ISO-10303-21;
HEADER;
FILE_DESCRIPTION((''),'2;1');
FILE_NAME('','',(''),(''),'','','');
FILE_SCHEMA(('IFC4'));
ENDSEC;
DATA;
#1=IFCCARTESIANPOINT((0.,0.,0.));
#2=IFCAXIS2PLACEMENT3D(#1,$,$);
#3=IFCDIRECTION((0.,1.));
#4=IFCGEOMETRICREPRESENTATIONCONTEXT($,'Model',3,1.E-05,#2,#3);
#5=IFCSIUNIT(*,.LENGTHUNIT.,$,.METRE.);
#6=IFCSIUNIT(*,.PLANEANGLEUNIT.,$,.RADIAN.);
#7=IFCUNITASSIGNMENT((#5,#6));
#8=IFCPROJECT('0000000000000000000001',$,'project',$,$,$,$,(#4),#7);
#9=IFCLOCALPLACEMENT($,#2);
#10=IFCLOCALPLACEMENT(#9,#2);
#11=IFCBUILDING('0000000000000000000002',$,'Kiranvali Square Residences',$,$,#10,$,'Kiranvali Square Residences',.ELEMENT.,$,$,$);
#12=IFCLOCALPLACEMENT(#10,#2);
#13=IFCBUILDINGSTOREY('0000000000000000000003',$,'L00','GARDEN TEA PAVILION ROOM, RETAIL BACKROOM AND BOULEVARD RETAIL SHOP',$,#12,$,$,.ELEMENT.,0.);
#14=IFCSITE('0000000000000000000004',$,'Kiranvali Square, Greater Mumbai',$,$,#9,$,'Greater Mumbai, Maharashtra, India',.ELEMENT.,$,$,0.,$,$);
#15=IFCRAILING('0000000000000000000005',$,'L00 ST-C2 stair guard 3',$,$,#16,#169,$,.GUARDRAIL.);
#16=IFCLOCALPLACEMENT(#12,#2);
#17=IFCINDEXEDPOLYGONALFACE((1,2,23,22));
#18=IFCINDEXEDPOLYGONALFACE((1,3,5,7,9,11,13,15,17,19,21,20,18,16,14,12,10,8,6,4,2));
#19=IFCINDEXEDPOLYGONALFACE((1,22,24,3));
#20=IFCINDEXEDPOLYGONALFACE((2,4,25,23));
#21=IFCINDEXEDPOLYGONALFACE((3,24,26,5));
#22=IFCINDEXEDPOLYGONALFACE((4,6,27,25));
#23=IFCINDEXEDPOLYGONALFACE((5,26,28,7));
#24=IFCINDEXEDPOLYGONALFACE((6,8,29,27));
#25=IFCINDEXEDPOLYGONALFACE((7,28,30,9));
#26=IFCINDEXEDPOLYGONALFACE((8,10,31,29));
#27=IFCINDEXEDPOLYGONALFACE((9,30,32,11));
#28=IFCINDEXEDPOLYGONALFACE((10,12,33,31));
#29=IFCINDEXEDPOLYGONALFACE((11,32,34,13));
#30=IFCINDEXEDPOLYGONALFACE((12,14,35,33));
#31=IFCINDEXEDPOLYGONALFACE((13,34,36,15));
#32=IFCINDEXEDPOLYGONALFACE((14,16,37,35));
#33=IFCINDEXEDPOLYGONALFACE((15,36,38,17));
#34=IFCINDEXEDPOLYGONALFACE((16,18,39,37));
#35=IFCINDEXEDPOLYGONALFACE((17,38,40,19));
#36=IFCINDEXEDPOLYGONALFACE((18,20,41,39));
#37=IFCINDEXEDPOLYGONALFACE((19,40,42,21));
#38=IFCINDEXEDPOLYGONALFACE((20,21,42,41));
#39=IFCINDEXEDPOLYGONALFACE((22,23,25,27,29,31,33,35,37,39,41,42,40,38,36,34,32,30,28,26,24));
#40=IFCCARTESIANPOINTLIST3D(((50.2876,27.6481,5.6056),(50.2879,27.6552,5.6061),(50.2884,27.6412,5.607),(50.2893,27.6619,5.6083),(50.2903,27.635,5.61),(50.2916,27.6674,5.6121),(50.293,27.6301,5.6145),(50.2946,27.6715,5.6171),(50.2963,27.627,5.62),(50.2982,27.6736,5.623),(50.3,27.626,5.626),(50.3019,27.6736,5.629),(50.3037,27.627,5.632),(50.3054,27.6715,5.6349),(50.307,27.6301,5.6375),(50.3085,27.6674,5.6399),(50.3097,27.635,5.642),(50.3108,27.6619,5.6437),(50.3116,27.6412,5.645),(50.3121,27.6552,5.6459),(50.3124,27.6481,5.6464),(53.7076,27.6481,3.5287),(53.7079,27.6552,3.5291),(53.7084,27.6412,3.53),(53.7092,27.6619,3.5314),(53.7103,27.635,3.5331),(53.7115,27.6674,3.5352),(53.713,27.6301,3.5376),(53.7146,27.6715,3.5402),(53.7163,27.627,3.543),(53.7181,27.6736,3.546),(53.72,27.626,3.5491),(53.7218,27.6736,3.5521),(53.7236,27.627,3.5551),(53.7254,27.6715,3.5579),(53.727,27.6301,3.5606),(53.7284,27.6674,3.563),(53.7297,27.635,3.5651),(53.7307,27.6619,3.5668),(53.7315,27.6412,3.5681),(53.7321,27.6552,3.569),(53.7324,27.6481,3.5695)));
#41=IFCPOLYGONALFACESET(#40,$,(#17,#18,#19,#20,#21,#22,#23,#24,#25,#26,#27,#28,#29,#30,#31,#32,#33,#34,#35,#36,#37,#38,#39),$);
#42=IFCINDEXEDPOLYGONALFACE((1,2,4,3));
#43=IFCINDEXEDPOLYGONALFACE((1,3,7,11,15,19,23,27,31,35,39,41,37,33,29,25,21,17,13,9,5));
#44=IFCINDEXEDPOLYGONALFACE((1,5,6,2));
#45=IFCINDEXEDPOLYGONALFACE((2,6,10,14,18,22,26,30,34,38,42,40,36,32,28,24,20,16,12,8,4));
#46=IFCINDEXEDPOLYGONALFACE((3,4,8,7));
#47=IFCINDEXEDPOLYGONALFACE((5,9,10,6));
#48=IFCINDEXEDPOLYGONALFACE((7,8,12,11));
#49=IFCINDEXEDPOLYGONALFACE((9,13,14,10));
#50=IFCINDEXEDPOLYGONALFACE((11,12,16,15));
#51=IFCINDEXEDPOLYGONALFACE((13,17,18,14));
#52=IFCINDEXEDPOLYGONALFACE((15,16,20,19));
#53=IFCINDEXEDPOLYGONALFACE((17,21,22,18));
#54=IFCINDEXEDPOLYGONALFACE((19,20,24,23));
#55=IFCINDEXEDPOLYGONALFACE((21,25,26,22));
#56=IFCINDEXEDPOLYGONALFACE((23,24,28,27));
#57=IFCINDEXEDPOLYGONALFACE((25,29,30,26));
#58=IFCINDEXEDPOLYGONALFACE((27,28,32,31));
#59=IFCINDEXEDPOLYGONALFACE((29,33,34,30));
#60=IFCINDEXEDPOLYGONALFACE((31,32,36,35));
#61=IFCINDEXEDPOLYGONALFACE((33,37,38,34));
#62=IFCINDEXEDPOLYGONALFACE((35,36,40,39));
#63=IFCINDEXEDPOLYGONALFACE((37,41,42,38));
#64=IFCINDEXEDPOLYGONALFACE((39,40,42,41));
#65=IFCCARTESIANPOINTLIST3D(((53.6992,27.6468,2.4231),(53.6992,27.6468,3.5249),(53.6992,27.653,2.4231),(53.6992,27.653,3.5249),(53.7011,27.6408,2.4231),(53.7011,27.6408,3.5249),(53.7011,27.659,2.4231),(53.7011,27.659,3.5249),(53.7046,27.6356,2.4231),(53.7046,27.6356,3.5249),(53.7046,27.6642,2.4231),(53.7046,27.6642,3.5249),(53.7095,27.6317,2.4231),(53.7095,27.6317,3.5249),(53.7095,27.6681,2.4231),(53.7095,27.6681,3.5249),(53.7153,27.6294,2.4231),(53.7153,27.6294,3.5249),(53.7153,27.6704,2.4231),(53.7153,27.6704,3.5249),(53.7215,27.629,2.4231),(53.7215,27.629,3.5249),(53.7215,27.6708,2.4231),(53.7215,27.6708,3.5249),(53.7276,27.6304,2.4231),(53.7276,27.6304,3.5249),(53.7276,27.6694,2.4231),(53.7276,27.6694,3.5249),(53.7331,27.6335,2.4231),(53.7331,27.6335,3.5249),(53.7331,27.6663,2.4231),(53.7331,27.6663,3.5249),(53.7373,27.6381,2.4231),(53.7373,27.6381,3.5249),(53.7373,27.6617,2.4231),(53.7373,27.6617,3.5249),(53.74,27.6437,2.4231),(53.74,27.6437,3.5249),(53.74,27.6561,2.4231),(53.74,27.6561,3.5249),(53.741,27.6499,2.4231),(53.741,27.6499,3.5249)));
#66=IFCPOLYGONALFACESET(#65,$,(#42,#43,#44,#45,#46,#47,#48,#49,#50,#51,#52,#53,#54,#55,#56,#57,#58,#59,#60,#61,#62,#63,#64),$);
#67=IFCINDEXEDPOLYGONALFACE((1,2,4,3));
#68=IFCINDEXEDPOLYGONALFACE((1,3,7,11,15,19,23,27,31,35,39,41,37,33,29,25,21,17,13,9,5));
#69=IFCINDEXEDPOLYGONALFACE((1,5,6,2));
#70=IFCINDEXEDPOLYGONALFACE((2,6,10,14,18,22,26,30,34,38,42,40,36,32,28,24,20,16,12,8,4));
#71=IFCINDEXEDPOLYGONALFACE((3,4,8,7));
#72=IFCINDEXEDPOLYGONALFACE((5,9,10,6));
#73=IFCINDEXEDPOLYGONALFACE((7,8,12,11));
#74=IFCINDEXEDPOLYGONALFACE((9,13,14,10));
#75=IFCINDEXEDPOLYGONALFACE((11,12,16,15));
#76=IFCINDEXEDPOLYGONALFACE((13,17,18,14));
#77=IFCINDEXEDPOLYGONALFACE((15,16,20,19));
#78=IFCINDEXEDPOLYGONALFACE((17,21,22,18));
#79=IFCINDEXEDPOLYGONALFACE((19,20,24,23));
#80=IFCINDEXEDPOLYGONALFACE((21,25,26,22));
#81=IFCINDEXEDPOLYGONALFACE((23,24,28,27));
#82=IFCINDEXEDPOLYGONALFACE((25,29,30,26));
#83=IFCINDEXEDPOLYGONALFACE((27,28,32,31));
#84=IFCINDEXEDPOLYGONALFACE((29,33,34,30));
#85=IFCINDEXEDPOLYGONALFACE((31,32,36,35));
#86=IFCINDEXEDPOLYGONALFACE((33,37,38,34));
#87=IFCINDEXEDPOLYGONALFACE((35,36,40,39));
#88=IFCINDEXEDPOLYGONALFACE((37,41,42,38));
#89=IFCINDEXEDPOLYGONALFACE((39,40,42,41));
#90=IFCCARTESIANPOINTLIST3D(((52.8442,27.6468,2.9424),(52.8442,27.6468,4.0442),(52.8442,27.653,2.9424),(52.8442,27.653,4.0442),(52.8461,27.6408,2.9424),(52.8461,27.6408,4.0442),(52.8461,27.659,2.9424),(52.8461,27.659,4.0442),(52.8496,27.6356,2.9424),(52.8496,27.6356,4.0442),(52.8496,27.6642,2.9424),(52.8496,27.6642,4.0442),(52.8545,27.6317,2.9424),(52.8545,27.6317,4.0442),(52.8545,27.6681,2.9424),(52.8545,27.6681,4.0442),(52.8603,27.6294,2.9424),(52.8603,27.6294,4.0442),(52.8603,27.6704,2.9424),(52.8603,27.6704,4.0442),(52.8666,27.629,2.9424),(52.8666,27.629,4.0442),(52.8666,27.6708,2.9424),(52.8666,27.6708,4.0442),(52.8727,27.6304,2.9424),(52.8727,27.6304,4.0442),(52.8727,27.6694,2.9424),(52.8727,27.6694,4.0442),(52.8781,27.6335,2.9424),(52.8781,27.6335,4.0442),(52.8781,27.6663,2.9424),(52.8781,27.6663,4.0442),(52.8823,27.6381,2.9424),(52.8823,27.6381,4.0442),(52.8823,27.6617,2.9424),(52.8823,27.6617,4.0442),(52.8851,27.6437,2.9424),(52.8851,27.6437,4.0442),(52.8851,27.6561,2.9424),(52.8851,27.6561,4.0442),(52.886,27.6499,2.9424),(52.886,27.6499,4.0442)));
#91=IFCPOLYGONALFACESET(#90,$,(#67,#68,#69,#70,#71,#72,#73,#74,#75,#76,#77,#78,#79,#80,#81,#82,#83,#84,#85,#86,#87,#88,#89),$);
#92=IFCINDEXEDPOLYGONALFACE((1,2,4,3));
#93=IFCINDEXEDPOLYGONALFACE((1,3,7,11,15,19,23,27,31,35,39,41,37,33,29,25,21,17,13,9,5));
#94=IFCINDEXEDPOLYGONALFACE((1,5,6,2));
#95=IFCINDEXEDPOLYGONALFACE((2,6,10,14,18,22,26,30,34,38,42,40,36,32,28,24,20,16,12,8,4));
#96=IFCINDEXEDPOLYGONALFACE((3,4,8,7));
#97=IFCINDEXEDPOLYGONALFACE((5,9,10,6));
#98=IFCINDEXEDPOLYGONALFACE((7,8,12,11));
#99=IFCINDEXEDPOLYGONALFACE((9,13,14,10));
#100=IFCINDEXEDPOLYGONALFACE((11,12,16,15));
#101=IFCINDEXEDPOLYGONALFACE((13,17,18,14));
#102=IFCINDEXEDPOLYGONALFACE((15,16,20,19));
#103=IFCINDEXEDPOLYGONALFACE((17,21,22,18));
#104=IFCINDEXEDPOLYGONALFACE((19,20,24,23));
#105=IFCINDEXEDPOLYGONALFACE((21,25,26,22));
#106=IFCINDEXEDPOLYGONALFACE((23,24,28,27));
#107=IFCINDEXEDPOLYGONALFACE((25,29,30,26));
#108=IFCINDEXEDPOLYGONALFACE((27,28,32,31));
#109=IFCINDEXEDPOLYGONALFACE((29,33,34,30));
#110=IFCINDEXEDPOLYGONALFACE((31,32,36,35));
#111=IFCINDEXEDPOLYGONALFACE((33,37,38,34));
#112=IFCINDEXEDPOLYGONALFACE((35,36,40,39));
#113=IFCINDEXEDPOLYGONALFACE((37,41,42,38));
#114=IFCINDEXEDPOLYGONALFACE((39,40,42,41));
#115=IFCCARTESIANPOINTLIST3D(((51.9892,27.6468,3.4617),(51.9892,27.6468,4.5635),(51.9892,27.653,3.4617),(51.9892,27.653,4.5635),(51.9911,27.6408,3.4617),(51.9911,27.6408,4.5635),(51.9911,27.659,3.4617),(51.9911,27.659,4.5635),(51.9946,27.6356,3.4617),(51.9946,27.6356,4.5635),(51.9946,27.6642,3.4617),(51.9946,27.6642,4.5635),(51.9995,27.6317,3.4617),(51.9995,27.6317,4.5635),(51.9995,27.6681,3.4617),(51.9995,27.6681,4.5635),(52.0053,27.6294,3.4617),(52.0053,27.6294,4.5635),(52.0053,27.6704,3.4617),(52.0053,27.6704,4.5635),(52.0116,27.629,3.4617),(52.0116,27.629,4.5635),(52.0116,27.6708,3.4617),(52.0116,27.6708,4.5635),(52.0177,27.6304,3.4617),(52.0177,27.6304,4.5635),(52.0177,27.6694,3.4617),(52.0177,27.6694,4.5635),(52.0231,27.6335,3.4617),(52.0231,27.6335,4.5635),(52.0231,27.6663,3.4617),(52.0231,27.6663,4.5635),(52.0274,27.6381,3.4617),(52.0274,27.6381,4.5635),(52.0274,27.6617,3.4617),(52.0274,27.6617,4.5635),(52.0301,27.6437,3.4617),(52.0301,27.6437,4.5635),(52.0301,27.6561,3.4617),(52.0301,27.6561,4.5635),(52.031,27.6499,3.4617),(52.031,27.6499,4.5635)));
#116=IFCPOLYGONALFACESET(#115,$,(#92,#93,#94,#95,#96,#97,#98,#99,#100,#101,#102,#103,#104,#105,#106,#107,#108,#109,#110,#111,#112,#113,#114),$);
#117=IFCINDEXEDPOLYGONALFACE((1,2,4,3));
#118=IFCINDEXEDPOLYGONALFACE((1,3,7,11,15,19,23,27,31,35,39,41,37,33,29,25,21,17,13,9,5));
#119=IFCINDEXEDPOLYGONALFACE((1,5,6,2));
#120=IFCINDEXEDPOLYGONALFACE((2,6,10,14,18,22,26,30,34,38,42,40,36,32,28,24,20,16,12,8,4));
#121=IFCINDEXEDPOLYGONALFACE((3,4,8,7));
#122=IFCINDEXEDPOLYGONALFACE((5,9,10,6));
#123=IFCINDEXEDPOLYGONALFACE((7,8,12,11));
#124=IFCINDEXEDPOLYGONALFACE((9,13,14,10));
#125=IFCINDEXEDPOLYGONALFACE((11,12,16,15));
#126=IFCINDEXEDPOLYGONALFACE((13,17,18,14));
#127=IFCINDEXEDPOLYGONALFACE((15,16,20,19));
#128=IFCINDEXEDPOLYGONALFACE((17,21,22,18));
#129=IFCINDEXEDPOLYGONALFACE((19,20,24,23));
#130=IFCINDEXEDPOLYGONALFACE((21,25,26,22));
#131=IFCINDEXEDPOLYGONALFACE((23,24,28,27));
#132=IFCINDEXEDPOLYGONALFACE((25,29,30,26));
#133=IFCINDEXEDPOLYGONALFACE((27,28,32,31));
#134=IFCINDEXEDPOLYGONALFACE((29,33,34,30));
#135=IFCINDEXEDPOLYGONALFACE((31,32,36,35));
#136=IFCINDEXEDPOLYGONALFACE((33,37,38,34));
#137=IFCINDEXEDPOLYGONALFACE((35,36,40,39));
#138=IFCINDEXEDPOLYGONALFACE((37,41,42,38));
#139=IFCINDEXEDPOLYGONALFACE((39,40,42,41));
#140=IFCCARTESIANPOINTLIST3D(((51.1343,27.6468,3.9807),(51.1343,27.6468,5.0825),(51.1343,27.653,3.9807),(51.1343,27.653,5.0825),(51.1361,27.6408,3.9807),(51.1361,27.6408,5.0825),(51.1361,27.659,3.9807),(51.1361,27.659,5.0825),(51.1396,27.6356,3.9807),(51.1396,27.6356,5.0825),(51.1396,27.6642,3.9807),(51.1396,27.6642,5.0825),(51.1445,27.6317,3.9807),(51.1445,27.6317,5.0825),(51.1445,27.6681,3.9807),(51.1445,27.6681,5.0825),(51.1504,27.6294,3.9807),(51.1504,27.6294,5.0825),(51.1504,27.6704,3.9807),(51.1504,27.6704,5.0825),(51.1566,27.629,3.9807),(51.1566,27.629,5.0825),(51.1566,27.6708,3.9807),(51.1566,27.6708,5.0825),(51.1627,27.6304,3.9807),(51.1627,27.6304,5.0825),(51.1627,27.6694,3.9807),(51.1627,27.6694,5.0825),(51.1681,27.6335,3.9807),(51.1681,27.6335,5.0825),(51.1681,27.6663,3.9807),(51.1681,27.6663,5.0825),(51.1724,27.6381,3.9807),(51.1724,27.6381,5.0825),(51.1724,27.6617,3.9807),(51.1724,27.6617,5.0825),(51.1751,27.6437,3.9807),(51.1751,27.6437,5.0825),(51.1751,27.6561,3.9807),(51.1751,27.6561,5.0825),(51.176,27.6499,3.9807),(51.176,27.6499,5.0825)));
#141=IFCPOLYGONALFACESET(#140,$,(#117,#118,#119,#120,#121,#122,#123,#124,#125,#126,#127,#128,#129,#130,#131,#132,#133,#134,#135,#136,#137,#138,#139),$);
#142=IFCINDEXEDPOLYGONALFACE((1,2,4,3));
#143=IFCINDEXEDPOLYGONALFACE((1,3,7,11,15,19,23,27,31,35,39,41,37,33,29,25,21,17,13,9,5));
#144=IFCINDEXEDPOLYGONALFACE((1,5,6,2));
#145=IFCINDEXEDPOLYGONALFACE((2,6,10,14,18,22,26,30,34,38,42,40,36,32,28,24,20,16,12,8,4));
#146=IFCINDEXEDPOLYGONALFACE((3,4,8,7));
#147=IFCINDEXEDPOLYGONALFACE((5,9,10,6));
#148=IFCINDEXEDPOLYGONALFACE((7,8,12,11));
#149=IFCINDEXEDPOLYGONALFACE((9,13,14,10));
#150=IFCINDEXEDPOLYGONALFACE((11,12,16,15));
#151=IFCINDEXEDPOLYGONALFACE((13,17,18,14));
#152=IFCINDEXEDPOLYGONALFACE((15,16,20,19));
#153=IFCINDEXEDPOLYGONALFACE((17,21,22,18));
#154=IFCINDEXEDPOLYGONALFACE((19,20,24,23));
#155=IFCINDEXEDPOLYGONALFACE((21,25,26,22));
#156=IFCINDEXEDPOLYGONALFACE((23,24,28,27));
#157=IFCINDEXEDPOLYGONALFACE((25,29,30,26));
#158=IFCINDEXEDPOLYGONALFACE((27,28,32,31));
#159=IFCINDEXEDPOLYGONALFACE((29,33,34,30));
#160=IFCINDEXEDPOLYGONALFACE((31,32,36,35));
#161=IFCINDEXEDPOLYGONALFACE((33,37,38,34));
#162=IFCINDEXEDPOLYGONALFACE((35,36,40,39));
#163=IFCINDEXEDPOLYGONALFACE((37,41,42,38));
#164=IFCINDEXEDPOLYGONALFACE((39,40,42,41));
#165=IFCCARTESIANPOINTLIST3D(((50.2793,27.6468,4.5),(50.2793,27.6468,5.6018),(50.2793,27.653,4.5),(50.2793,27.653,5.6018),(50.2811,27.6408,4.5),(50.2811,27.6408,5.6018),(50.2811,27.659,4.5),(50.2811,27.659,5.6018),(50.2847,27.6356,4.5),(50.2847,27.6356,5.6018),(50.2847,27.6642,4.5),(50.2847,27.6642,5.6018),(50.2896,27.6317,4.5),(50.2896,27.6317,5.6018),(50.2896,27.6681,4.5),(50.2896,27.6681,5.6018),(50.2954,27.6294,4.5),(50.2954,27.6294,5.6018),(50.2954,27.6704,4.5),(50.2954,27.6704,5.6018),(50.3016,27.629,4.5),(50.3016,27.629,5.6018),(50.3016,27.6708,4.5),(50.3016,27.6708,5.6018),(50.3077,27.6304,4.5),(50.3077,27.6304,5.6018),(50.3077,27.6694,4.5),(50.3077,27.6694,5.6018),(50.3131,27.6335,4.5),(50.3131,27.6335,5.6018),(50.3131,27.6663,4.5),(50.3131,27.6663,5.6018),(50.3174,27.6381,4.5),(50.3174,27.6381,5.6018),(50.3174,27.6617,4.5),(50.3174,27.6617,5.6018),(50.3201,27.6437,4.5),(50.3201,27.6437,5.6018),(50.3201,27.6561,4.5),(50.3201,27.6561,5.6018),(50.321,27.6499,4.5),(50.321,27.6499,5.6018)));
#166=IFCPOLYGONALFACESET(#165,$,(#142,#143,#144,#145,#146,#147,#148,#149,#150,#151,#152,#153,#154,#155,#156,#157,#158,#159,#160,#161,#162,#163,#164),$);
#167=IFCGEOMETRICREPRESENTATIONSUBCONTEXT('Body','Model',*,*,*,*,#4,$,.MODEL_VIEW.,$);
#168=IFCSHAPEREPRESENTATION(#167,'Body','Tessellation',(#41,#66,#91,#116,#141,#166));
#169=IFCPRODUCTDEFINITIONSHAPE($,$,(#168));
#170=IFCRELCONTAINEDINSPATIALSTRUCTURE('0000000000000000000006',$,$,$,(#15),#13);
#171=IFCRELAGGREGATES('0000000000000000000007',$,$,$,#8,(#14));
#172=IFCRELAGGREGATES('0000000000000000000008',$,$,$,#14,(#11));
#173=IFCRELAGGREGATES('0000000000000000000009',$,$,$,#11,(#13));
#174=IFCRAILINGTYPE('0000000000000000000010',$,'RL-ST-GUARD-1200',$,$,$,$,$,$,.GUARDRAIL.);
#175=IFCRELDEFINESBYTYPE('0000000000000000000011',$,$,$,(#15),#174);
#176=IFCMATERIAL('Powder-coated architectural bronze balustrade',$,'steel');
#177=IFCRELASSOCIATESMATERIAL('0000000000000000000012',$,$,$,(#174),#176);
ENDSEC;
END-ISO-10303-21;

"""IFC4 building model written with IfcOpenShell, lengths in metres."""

from ifc_helpers import new_model, si_unit, direction, frame, origin, origin_2d, place, context, subcontext, project, spatial, circle, extrude, material, type_object, element, save


model = new_model("IFC4")

# Units and contexts
model_context = context("Model", 3, precision=1e-05, world=origin(), true_north=direction((0.0, 1.0)))
body_context = subcontext(model_context, "Body", "Model", "MODEL_VIEW")
ifc_project = project(units=[si_unit("LENGTHUNIT", "METRE"), si_unit("PLANEANGLEUNIT", "RADIAN")], contexts=[model_context])

# Site, building, storey
site_placement = place(None, origin())
site = spatial("IfcSite", under=ifc_project, at=site_placement, Name="Kiranvali Square, Greater Mumbai", LongName="Greater Mumbai, Maharashtra, India", CompositionType="ELEMENT", RefElevation=0.0)
building_placement = place(site_placement, origin())
building = spatial("IfcBuilding", under=site, at=building_placement, Name="Kiranvali Square Residences", LongName="Kiranvali Square Residences", CompositionType="ELEMENT")
storey_placement = place(building_placement, origin())
storey = spatial("IfcBuildingStorey", under=building, at=storey_placement, Name="L00", Description="GARDEN TEA PAVILION ROOM, RETAIL BACKROOM AND BOULEVARD RETAIL SHOP", CompositionType="ELEMENT", Elevation=0.0)

# Railing
ifc_material_1 = material(Name="Powder-coated architectural bronze balustrade", Category="steel")
railing_type_1 = type_object("IfcRailingType", Name="RL-ST-GUARD-1200", PredefinedType="GUARDRAIL", material=ifc_material_1)
railing_1_placement = place(storey_placement, frame((53.72, 27.6499, 2.4231)))
element("IfcRailing", 1, at=railing_1_placement, inside=storey, type_object=railing_type_1, Name="L00 ST-C2 stair guard 3", PredefinedType="GUARDRAIL", context=body_context, shape_type="SweptSolid", body=[
    extrude(circle(Radius=0.0239, at=origin_2d()), frame((0.0, 0.0, 1.126), z_axis=(-0.85473, 0.0, 0.519074), x_axis=(0.0, -1.0, 0.0)), (0.0, 0.0, 1.0), 4.0012),
    extrude(circle(Radius=0.021, at=origin_2d()), origin(), (0.0, 0.0, 1.0), 1.1018),
    extrude(circle(Radius=0.021, at=origin_2d()), frame((-0.855, 0.0, 0.5193)), (0.0, 0.0, 1.0), 1.1018),
    extrude(circle(Radius=0.021, at=origin_2d()), frame((-1.71, 0.0, 1.0386)), (0.0, 0.0, 1.0), 1.1018),
    extrude(circle(Radius=0.021, at=origin_2d()), frame((-2.5649, 0.0, 1.5576)), (0.0, 0.0, 1.0), 1.1018),
    extrude(circle(Radius=0.021, at=origin_2d()), frame((-3.4199, 0.0, 2.0769)), (0.0, 0.0, 1.0), 1.1018),
])

save(model, "model.ifc")
